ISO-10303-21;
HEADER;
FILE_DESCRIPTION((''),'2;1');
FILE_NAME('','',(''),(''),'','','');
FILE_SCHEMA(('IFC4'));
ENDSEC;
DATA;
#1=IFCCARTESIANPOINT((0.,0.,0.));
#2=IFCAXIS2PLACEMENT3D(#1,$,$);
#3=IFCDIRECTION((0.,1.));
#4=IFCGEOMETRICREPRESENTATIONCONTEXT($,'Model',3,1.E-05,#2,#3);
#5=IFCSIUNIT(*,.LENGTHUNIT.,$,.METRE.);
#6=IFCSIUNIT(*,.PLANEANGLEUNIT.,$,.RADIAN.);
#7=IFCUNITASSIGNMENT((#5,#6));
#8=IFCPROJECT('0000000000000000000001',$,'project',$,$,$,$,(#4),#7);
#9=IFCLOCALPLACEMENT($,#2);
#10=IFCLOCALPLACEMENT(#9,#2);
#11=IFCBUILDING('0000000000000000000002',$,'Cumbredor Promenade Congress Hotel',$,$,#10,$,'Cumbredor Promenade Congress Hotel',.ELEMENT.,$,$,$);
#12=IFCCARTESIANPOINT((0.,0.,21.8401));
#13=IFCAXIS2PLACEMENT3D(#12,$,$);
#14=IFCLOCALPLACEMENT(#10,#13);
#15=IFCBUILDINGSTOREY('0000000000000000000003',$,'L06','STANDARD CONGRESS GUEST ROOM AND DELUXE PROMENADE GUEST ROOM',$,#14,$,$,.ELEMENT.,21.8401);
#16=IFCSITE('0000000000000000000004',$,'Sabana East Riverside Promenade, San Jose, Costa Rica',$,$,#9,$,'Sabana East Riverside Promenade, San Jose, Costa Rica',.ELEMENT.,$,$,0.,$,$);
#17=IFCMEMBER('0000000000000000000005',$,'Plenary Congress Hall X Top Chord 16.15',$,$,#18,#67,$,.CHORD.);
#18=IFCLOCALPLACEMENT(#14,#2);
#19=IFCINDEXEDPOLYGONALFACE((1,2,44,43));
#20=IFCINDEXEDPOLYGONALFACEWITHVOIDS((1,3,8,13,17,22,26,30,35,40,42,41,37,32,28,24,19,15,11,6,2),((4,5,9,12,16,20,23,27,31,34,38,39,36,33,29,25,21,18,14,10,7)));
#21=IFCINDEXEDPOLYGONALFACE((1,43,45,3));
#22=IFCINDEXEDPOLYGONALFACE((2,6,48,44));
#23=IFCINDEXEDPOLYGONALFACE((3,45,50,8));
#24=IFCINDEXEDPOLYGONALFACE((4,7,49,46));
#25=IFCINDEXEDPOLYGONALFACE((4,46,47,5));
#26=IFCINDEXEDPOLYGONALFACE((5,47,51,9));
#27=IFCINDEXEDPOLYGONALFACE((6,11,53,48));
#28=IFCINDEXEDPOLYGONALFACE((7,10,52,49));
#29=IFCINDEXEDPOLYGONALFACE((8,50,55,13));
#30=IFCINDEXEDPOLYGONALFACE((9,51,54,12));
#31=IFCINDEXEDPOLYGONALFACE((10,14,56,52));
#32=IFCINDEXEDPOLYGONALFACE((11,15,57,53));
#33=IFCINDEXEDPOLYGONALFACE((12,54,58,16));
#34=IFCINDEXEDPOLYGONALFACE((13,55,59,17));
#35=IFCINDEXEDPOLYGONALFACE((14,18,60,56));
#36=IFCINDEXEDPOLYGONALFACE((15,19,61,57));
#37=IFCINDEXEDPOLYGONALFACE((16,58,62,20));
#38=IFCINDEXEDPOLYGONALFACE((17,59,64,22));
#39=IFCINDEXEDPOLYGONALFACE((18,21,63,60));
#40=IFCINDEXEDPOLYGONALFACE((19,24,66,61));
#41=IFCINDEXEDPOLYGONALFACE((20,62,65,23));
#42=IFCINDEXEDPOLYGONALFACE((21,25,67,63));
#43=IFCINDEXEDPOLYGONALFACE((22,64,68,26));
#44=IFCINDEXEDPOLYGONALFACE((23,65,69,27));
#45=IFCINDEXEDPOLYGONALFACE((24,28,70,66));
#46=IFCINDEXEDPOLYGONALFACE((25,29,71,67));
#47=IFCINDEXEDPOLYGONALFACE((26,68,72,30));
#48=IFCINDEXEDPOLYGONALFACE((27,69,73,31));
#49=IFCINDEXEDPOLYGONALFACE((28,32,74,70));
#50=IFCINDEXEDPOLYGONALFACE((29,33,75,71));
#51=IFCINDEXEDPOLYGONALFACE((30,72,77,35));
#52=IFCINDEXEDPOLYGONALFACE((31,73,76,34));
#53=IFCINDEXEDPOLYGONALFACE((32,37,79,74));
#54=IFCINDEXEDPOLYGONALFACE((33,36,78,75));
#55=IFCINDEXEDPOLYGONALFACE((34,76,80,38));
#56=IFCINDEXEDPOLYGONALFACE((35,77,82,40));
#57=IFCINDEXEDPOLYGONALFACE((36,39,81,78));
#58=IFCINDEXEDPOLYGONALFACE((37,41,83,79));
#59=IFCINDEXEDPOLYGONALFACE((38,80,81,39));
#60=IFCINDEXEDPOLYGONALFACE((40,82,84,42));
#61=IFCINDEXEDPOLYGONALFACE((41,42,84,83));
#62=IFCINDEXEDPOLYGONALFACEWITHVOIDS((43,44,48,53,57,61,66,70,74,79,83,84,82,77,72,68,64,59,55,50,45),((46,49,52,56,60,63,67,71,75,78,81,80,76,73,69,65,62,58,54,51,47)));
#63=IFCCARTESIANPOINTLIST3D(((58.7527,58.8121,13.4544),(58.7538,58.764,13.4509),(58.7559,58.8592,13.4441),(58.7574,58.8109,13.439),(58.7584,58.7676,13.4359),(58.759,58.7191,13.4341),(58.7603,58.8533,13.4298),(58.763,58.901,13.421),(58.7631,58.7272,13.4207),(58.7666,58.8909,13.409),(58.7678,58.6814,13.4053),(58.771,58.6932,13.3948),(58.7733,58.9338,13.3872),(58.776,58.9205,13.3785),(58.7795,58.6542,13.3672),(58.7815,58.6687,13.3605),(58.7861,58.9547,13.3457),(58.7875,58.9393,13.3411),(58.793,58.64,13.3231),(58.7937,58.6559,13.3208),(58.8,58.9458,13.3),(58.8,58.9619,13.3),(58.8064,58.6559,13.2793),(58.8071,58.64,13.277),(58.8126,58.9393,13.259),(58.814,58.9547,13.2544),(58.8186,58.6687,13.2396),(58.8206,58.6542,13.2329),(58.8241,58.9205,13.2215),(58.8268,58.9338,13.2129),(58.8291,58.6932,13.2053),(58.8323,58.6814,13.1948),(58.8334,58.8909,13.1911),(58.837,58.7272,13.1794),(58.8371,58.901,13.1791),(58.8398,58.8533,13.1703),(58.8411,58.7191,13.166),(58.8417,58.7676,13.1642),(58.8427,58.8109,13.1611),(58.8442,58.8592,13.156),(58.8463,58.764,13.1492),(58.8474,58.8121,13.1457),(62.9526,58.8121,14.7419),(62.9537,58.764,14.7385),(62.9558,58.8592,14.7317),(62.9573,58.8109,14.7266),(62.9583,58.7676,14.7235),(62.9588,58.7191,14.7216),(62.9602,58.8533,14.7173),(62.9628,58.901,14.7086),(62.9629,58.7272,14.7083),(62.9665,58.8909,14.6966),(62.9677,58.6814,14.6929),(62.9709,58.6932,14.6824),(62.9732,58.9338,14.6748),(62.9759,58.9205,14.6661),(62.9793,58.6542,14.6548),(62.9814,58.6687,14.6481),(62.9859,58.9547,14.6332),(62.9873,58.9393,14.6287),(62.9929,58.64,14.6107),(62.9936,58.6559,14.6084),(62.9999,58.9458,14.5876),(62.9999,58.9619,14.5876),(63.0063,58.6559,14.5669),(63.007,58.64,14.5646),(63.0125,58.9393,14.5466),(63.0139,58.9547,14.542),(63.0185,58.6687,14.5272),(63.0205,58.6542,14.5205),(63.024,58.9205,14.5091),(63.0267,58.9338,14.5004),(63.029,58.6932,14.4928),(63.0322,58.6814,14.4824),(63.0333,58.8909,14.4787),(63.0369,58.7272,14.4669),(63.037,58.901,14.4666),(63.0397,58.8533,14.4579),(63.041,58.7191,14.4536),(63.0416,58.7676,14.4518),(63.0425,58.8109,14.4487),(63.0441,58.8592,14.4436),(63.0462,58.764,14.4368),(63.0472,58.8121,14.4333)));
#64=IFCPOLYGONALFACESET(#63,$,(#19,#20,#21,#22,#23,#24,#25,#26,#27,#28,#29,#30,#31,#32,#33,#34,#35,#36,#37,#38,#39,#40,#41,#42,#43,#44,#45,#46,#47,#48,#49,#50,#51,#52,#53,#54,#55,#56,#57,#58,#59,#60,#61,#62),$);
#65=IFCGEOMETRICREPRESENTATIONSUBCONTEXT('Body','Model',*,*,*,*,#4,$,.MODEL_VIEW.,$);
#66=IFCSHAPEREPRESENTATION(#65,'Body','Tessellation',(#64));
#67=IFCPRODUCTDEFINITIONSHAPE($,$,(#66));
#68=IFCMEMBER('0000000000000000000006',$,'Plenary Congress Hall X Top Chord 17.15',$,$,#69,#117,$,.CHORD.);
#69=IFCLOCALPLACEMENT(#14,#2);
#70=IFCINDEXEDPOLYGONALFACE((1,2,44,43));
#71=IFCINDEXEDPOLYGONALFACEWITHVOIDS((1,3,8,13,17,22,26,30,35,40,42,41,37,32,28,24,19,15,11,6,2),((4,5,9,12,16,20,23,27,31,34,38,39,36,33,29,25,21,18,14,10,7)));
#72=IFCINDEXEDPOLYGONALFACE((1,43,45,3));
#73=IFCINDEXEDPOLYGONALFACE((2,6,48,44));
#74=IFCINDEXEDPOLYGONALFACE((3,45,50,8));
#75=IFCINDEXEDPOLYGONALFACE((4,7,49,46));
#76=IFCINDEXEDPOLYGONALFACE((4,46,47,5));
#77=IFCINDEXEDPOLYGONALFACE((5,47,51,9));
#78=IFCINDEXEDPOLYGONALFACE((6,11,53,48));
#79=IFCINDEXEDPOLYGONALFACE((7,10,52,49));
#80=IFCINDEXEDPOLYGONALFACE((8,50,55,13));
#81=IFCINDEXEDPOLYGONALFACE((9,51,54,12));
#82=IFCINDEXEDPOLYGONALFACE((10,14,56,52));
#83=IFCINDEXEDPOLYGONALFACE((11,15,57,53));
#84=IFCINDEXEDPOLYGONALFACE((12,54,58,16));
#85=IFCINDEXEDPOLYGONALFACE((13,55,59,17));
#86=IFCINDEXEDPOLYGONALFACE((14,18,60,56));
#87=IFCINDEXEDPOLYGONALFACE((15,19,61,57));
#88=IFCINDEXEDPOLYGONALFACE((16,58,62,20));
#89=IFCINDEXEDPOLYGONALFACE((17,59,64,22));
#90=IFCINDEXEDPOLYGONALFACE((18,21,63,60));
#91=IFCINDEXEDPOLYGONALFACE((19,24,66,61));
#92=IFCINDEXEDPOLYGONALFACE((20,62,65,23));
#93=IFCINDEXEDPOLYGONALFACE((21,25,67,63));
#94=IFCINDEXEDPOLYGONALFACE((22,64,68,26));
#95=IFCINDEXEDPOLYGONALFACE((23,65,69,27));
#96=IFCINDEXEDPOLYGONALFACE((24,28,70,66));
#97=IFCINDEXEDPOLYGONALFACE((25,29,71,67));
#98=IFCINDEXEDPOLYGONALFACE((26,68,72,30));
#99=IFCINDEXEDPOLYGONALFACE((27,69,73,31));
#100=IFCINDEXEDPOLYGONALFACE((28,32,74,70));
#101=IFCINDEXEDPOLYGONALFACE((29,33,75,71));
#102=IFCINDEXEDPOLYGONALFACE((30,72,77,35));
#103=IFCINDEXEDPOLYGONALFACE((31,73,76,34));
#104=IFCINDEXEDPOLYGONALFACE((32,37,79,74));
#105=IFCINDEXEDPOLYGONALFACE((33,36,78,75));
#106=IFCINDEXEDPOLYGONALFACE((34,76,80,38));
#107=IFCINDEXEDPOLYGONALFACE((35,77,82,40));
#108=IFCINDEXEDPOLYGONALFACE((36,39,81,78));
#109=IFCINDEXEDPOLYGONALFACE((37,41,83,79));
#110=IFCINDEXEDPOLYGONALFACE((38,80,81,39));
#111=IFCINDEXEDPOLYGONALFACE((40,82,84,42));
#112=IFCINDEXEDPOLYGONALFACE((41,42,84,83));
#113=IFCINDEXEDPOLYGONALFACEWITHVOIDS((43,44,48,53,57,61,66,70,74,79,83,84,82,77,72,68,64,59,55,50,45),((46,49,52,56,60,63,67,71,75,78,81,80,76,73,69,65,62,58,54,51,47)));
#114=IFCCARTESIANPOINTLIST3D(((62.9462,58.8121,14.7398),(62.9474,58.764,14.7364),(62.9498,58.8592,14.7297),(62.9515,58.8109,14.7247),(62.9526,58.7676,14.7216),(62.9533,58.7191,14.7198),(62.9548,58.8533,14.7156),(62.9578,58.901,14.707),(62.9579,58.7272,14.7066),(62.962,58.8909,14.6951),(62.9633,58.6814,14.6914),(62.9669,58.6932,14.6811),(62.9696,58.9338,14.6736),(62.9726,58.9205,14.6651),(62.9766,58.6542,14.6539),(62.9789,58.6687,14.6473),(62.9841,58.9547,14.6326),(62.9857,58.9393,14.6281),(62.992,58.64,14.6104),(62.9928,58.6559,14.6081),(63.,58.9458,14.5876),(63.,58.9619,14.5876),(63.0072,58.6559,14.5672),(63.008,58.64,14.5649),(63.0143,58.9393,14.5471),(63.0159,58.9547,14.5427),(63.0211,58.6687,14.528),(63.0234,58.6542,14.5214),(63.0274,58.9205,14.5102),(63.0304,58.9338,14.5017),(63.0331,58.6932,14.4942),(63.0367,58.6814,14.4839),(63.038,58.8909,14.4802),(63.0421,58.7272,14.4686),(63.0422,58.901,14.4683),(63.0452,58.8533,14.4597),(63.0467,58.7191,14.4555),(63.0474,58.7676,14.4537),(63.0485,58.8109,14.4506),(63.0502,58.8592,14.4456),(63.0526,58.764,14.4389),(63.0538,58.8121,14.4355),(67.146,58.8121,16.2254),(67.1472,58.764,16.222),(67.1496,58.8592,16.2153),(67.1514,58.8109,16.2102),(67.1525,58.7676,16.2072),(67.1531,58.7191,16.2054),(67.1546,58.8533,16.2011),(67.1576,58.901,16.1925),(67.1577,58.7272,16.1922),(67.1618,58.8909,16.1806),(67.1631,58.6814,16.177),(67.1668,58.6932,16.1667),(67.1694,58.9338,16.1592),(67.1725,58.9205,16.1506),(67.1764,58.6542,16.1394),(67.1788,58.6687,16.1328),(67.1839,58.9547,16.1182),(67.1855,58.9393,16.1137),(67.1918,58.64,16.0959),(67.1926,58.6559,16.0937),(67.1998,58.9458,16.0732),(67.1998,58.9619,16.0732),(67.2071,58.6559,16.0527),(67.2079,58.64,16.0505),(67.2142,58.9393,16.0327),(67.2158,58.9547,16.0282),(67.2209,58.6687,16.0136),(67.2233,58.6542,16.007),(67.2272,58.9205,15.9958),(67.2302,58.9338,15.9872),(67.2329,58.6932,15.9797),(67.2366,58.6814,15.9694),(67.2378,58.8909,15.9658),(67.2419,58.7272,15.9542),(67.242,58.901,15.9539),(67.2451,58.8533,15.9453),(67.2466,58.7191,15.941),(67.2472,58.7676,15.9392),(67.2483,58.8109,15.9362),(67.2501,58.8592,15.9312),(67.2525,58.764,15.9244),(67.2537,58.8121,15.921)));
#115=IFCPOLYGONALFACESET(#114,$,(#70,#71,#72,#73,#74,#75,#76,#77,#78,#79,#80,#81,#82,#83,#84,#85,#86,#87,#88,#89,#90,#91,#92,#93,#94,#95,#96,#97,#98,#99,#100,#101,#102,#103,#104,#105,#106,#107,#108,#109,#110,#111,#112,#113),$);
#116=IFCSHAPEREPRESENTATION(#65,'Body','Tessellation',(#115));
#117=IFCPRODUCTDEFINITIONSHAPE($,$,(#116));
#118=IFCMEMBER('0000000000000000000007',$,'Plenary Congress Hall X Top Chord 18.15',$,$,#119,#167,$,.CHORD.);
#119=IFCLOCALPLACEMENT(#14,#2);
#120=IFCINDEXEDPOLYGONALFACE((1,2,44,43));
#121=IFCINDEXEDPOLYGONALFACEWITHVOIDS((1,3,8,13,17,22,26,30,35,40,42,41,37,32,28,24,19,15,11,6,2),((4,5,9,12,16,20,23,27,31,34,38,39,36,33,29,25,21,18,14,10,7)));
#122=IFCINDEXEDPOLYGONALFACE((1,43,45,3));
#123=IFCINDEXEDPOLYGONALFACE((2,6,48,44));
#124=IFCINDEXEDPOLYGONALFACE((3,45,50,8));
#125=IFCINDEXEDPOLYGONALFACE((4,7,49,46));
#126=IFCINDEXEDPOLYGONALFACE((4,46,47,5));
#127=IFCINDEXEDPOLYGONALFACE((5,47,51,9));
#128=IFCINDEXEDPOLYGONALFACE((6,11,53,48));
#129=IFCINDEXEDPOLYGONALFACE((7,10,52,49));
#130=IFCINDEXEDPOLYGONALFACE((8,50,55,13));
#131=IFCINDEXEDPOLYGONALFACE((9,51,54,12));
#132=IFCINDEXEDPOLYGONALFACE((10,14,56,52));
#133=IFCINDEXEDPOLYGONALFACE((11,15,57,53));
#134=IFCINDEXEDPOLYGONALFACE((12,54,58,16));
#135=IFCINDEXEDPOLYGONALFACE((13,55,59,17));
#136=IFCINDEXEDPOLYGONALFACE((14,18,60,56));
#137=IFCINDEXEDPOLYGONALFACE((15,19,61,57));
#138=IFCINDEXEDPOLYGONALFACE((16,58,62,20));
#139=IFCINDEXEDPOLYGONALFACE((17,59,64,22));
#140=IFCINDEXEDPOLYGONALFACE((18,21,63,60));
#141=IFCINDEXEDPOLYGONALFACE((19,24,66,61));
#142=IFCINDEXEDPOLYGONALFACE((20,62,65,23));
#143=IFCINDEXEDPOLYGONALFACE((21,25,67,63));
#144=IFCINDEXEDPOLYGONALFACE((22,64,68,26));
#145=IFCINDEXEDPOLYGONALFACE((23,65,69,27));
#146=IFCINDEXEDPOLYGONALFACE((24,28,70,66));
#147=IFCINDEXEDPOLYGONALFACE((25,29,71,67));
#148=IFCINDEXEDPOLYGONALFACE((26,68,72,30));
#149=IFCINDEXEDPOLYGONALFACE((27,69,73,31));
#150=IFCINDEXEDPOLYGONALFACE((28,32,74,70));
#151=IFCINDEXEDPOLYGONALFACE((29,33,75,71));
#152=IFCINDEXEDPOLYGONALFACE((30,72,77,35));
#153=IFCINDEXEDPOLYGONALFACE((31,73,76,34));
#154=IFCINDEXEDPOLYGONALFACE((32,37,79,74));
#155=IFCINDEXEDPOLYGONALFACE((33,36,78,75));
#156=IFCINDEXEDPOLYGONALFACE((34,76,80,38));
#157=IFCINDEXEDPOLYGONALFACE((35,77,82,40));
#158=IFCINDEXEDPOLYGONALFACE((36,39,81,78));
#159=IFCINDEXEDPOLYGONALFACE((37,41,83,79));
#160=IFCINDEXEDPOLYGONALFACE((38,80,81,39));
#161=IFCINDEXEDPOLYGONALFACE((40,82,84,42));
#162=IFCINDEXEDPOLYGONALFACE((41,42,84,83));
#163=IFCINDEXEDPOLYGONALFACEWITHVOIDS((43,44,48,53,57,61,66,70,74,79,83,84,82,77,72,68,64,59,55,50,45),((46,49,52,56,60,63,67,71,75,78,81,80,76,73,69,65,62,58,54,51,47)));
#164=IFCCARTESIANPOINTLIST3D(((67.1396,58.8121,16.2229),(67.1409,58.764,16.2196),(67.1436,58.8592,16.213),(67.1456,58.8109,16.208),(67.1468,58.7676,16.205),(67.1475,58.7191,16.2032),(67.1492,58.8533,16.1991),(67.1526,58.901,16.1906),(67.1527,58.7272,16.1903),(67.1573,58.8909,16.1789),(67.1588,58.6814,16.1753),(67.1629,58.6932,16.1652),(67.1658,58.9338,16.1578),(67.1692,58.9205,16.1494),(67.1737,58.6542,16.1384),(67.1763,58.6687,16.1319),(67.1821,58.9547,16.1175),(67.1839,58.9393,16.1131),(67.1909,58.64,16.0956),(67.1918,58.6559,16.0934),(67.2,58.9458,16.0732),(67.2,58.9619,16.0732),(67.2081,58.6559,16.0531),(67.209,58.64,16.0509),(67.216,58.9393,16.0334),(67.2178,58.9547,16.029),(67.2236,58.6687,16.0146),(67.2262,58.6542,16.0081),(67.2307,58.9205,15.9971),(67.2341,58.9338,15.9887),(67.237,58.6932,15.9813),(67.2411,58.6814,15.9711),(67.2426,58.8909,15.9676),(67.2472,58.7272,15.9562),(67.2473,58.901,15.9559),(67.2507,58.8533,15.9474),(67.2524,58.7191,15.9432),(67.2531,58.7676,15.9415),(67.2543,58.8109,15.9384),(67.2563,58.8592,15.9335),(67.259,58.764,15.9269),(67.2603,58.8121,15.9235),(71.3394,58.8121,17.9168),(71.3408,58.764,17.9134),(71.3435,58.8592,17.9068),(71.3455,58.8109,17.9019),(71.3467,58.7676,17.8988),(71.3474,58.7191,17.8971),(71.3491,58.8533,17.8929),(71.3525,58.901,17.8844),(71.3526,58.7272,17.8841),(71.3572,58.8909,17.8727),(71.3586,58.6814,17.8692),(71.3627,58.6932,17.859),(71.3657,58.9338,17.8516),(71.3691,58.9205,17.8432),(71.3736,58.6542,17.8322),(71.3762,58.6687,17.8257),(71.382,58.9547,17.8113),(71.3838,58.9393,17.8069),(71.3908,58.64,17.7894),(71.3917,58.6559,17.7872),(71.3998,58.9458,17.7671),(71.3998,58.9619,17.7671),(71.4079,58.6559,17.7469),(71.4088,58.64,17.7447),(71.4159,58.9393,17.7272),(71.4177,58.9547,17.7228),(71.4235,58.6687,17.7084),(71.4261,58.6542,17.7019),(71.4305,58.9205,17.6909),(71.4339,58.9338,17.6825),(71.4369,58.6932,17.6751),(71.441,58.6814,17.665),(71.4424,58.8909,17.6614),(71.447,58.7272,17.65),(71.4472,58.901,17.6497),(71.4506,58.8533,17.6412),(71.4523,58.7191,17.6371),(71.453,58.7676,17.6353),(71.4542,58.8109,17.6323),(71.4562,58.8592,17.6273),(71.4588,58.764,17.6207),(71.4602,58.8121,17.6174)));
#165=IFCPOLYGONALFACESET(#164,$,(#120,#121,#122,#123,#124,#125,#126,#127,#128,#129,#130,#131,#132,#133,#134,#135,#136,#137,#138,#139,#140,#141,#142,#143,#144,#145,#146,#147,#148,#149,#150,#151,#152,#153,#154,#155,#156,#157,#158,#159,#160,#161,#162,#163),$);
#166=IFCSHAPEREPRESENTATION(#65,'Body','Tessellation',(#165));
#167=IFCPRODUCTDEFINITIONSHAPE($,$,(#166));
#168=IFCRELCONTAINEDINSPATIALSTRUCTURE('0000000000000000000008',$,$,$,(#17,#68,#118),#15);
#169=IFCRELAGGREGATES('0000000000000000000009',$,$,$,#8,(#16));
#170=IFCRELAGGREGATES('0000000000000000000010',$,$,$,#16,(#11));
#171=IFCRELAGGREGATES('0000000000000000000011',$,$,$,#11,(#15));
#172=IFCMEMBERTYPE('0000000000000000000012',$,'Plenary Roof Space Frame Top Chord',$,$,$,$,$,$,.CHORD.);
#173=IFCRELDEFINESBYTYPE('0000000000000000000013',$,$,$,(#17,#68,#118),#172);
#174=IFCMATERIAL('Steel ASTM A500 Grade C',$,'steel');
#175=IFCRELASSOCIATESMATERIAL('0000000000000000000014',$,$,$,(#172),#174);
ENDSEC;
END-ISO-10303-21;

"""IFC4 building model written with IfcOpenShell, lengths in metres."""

from ifc_helpers import new_model, si_unit, direction, frame, origin, origin_2d, place, context, subcontext, project, spatial, hollow_circle, extrude, material, material_profile, profile_set, type_object, element, save


model = new_model("IFC4")

# Units and contexts
model_context = context("Model", 3, precision=1e-05, world=origin(), true_north=direction((0.0, 1.0)))
body_context = subcontext(model_context, "Body", "Model", "MODEL_VIEW")
ifc_project = project(units=[si_unit("LENGTHUNIT", "METRE"), si_unit("PLANEANGLEUNIT", "RADIAN")], contexts=[model_context])

# Site, building, storey
site_placement = place(None, origin())
site = spatial("IfcSite", under=ifc_project, at=site_placement, Name="Sabana East Riverside Promenade, San Jose, Costa Rica", LongName="Sabana East Riverside Promenade, San Jose, Costa Rica", CompositionType="ELEMENT", RefElevation=0.0)
building_placement = place(site_placement, origin())
building = spatial("IfcBuilding", under=site, at=building_placement, Name="Cumbredor Promenade Congress Hotel", LongName="Cumbredor Promenade Congress Hotel", CompositionType="ELEMENT")
storey_placement = place(building_placement, frame((0.0, 0.0, 21.8401)))
storey = spatial("IfcBuildingStorey", under=building, at=storey_placement, Name="L06", Description="STANDARD CONGRESS GUEST ROOM AND DELUXE PROMENADE GUEST ROOM", CompositionType="ELEMENT", Elevation=21.8401)

# Members
ifc_material_1 = material(Name="Steel ASTM A500 Grade C", Category="steel")
ifc_material_profile_1 = material_profile(ifc_material_1, hollow_circle(Radius=0.1619, WallThickness=0.0161, at=origin_2d()), Name="CHS 323.9x16")
ifc_profile_set_1 = profile_set([ifc_material_profile_1], Name="Steel ASTM A500 Grade C")
member_type_1 = type_object("IfcMemberType", Name="Plenary Roof Space Frame Top Chord", PredefinedType="CHORD", material=ifc_profile_set_1)
member_1_placement = place(storey_placement, frame((58.8, 58.8, 13.3), z_axis=(0.956079, 0.0, 0.293109), x_axis=(0.0, 1.0, 0.0)))
element("IfcMember", 1, at=member_1_placement, inside=storey, type_object=member_type_1, Name="Plenary Congress Hall X Top Chord 16.15", PredefinedType="CHORD", context=body_context, shape_type="SweptSolid", body=[
    extrude(hollow_circle(Radius=0.1619, WallThickness=0.0161, at=origin_2d()), origin(), (0.0, 0.0, 1.0), 4.3928),
])
member_2_placement = place(storey_placement, frame((63.0, 58.8, 14.5876), z_axis=(0.94276, 0.0, 0.333471), x_axis=(0.0, 1.0, 0.0)))
element("IfcMember", 2, at=member_2_placement, inside=storey, type_object=member_type_1, Name="Plenary Congress Hall X Top Chord 17.15", PredefinedType="CHORD", context=body_context, shape_type="SweptSolid", body=[
    extrude(hollow_circle(Radius=0.1619, WallThickness=0.0161, at=origin_2d()), origin(), (0.0, 0.0, 1.0), 4.4548),
])
member_3_placement = place(storey_placement, frame((67.2, 58.8, 16.0732), z_axis=(0.927417, 0.0, 0.374029), x_axis=(0.0, 1.0, 0.0)))
element("IfcMember", 3, at=member_3_placement, inside=storey, type_object=member_type_1, Name="Plenary Congress Hall X Top Chord 18.15", PredefinedType="CHORD", context=body_context, shape_type="SweptSolid", body=[
    extrude(hollow_circle(Radius=0.1619, WallThickness=0.0161, at=origin_2d()), origin(), (0.0, 0.0, 1.0), 4.5286),
])

save(model, "model.ifc")
